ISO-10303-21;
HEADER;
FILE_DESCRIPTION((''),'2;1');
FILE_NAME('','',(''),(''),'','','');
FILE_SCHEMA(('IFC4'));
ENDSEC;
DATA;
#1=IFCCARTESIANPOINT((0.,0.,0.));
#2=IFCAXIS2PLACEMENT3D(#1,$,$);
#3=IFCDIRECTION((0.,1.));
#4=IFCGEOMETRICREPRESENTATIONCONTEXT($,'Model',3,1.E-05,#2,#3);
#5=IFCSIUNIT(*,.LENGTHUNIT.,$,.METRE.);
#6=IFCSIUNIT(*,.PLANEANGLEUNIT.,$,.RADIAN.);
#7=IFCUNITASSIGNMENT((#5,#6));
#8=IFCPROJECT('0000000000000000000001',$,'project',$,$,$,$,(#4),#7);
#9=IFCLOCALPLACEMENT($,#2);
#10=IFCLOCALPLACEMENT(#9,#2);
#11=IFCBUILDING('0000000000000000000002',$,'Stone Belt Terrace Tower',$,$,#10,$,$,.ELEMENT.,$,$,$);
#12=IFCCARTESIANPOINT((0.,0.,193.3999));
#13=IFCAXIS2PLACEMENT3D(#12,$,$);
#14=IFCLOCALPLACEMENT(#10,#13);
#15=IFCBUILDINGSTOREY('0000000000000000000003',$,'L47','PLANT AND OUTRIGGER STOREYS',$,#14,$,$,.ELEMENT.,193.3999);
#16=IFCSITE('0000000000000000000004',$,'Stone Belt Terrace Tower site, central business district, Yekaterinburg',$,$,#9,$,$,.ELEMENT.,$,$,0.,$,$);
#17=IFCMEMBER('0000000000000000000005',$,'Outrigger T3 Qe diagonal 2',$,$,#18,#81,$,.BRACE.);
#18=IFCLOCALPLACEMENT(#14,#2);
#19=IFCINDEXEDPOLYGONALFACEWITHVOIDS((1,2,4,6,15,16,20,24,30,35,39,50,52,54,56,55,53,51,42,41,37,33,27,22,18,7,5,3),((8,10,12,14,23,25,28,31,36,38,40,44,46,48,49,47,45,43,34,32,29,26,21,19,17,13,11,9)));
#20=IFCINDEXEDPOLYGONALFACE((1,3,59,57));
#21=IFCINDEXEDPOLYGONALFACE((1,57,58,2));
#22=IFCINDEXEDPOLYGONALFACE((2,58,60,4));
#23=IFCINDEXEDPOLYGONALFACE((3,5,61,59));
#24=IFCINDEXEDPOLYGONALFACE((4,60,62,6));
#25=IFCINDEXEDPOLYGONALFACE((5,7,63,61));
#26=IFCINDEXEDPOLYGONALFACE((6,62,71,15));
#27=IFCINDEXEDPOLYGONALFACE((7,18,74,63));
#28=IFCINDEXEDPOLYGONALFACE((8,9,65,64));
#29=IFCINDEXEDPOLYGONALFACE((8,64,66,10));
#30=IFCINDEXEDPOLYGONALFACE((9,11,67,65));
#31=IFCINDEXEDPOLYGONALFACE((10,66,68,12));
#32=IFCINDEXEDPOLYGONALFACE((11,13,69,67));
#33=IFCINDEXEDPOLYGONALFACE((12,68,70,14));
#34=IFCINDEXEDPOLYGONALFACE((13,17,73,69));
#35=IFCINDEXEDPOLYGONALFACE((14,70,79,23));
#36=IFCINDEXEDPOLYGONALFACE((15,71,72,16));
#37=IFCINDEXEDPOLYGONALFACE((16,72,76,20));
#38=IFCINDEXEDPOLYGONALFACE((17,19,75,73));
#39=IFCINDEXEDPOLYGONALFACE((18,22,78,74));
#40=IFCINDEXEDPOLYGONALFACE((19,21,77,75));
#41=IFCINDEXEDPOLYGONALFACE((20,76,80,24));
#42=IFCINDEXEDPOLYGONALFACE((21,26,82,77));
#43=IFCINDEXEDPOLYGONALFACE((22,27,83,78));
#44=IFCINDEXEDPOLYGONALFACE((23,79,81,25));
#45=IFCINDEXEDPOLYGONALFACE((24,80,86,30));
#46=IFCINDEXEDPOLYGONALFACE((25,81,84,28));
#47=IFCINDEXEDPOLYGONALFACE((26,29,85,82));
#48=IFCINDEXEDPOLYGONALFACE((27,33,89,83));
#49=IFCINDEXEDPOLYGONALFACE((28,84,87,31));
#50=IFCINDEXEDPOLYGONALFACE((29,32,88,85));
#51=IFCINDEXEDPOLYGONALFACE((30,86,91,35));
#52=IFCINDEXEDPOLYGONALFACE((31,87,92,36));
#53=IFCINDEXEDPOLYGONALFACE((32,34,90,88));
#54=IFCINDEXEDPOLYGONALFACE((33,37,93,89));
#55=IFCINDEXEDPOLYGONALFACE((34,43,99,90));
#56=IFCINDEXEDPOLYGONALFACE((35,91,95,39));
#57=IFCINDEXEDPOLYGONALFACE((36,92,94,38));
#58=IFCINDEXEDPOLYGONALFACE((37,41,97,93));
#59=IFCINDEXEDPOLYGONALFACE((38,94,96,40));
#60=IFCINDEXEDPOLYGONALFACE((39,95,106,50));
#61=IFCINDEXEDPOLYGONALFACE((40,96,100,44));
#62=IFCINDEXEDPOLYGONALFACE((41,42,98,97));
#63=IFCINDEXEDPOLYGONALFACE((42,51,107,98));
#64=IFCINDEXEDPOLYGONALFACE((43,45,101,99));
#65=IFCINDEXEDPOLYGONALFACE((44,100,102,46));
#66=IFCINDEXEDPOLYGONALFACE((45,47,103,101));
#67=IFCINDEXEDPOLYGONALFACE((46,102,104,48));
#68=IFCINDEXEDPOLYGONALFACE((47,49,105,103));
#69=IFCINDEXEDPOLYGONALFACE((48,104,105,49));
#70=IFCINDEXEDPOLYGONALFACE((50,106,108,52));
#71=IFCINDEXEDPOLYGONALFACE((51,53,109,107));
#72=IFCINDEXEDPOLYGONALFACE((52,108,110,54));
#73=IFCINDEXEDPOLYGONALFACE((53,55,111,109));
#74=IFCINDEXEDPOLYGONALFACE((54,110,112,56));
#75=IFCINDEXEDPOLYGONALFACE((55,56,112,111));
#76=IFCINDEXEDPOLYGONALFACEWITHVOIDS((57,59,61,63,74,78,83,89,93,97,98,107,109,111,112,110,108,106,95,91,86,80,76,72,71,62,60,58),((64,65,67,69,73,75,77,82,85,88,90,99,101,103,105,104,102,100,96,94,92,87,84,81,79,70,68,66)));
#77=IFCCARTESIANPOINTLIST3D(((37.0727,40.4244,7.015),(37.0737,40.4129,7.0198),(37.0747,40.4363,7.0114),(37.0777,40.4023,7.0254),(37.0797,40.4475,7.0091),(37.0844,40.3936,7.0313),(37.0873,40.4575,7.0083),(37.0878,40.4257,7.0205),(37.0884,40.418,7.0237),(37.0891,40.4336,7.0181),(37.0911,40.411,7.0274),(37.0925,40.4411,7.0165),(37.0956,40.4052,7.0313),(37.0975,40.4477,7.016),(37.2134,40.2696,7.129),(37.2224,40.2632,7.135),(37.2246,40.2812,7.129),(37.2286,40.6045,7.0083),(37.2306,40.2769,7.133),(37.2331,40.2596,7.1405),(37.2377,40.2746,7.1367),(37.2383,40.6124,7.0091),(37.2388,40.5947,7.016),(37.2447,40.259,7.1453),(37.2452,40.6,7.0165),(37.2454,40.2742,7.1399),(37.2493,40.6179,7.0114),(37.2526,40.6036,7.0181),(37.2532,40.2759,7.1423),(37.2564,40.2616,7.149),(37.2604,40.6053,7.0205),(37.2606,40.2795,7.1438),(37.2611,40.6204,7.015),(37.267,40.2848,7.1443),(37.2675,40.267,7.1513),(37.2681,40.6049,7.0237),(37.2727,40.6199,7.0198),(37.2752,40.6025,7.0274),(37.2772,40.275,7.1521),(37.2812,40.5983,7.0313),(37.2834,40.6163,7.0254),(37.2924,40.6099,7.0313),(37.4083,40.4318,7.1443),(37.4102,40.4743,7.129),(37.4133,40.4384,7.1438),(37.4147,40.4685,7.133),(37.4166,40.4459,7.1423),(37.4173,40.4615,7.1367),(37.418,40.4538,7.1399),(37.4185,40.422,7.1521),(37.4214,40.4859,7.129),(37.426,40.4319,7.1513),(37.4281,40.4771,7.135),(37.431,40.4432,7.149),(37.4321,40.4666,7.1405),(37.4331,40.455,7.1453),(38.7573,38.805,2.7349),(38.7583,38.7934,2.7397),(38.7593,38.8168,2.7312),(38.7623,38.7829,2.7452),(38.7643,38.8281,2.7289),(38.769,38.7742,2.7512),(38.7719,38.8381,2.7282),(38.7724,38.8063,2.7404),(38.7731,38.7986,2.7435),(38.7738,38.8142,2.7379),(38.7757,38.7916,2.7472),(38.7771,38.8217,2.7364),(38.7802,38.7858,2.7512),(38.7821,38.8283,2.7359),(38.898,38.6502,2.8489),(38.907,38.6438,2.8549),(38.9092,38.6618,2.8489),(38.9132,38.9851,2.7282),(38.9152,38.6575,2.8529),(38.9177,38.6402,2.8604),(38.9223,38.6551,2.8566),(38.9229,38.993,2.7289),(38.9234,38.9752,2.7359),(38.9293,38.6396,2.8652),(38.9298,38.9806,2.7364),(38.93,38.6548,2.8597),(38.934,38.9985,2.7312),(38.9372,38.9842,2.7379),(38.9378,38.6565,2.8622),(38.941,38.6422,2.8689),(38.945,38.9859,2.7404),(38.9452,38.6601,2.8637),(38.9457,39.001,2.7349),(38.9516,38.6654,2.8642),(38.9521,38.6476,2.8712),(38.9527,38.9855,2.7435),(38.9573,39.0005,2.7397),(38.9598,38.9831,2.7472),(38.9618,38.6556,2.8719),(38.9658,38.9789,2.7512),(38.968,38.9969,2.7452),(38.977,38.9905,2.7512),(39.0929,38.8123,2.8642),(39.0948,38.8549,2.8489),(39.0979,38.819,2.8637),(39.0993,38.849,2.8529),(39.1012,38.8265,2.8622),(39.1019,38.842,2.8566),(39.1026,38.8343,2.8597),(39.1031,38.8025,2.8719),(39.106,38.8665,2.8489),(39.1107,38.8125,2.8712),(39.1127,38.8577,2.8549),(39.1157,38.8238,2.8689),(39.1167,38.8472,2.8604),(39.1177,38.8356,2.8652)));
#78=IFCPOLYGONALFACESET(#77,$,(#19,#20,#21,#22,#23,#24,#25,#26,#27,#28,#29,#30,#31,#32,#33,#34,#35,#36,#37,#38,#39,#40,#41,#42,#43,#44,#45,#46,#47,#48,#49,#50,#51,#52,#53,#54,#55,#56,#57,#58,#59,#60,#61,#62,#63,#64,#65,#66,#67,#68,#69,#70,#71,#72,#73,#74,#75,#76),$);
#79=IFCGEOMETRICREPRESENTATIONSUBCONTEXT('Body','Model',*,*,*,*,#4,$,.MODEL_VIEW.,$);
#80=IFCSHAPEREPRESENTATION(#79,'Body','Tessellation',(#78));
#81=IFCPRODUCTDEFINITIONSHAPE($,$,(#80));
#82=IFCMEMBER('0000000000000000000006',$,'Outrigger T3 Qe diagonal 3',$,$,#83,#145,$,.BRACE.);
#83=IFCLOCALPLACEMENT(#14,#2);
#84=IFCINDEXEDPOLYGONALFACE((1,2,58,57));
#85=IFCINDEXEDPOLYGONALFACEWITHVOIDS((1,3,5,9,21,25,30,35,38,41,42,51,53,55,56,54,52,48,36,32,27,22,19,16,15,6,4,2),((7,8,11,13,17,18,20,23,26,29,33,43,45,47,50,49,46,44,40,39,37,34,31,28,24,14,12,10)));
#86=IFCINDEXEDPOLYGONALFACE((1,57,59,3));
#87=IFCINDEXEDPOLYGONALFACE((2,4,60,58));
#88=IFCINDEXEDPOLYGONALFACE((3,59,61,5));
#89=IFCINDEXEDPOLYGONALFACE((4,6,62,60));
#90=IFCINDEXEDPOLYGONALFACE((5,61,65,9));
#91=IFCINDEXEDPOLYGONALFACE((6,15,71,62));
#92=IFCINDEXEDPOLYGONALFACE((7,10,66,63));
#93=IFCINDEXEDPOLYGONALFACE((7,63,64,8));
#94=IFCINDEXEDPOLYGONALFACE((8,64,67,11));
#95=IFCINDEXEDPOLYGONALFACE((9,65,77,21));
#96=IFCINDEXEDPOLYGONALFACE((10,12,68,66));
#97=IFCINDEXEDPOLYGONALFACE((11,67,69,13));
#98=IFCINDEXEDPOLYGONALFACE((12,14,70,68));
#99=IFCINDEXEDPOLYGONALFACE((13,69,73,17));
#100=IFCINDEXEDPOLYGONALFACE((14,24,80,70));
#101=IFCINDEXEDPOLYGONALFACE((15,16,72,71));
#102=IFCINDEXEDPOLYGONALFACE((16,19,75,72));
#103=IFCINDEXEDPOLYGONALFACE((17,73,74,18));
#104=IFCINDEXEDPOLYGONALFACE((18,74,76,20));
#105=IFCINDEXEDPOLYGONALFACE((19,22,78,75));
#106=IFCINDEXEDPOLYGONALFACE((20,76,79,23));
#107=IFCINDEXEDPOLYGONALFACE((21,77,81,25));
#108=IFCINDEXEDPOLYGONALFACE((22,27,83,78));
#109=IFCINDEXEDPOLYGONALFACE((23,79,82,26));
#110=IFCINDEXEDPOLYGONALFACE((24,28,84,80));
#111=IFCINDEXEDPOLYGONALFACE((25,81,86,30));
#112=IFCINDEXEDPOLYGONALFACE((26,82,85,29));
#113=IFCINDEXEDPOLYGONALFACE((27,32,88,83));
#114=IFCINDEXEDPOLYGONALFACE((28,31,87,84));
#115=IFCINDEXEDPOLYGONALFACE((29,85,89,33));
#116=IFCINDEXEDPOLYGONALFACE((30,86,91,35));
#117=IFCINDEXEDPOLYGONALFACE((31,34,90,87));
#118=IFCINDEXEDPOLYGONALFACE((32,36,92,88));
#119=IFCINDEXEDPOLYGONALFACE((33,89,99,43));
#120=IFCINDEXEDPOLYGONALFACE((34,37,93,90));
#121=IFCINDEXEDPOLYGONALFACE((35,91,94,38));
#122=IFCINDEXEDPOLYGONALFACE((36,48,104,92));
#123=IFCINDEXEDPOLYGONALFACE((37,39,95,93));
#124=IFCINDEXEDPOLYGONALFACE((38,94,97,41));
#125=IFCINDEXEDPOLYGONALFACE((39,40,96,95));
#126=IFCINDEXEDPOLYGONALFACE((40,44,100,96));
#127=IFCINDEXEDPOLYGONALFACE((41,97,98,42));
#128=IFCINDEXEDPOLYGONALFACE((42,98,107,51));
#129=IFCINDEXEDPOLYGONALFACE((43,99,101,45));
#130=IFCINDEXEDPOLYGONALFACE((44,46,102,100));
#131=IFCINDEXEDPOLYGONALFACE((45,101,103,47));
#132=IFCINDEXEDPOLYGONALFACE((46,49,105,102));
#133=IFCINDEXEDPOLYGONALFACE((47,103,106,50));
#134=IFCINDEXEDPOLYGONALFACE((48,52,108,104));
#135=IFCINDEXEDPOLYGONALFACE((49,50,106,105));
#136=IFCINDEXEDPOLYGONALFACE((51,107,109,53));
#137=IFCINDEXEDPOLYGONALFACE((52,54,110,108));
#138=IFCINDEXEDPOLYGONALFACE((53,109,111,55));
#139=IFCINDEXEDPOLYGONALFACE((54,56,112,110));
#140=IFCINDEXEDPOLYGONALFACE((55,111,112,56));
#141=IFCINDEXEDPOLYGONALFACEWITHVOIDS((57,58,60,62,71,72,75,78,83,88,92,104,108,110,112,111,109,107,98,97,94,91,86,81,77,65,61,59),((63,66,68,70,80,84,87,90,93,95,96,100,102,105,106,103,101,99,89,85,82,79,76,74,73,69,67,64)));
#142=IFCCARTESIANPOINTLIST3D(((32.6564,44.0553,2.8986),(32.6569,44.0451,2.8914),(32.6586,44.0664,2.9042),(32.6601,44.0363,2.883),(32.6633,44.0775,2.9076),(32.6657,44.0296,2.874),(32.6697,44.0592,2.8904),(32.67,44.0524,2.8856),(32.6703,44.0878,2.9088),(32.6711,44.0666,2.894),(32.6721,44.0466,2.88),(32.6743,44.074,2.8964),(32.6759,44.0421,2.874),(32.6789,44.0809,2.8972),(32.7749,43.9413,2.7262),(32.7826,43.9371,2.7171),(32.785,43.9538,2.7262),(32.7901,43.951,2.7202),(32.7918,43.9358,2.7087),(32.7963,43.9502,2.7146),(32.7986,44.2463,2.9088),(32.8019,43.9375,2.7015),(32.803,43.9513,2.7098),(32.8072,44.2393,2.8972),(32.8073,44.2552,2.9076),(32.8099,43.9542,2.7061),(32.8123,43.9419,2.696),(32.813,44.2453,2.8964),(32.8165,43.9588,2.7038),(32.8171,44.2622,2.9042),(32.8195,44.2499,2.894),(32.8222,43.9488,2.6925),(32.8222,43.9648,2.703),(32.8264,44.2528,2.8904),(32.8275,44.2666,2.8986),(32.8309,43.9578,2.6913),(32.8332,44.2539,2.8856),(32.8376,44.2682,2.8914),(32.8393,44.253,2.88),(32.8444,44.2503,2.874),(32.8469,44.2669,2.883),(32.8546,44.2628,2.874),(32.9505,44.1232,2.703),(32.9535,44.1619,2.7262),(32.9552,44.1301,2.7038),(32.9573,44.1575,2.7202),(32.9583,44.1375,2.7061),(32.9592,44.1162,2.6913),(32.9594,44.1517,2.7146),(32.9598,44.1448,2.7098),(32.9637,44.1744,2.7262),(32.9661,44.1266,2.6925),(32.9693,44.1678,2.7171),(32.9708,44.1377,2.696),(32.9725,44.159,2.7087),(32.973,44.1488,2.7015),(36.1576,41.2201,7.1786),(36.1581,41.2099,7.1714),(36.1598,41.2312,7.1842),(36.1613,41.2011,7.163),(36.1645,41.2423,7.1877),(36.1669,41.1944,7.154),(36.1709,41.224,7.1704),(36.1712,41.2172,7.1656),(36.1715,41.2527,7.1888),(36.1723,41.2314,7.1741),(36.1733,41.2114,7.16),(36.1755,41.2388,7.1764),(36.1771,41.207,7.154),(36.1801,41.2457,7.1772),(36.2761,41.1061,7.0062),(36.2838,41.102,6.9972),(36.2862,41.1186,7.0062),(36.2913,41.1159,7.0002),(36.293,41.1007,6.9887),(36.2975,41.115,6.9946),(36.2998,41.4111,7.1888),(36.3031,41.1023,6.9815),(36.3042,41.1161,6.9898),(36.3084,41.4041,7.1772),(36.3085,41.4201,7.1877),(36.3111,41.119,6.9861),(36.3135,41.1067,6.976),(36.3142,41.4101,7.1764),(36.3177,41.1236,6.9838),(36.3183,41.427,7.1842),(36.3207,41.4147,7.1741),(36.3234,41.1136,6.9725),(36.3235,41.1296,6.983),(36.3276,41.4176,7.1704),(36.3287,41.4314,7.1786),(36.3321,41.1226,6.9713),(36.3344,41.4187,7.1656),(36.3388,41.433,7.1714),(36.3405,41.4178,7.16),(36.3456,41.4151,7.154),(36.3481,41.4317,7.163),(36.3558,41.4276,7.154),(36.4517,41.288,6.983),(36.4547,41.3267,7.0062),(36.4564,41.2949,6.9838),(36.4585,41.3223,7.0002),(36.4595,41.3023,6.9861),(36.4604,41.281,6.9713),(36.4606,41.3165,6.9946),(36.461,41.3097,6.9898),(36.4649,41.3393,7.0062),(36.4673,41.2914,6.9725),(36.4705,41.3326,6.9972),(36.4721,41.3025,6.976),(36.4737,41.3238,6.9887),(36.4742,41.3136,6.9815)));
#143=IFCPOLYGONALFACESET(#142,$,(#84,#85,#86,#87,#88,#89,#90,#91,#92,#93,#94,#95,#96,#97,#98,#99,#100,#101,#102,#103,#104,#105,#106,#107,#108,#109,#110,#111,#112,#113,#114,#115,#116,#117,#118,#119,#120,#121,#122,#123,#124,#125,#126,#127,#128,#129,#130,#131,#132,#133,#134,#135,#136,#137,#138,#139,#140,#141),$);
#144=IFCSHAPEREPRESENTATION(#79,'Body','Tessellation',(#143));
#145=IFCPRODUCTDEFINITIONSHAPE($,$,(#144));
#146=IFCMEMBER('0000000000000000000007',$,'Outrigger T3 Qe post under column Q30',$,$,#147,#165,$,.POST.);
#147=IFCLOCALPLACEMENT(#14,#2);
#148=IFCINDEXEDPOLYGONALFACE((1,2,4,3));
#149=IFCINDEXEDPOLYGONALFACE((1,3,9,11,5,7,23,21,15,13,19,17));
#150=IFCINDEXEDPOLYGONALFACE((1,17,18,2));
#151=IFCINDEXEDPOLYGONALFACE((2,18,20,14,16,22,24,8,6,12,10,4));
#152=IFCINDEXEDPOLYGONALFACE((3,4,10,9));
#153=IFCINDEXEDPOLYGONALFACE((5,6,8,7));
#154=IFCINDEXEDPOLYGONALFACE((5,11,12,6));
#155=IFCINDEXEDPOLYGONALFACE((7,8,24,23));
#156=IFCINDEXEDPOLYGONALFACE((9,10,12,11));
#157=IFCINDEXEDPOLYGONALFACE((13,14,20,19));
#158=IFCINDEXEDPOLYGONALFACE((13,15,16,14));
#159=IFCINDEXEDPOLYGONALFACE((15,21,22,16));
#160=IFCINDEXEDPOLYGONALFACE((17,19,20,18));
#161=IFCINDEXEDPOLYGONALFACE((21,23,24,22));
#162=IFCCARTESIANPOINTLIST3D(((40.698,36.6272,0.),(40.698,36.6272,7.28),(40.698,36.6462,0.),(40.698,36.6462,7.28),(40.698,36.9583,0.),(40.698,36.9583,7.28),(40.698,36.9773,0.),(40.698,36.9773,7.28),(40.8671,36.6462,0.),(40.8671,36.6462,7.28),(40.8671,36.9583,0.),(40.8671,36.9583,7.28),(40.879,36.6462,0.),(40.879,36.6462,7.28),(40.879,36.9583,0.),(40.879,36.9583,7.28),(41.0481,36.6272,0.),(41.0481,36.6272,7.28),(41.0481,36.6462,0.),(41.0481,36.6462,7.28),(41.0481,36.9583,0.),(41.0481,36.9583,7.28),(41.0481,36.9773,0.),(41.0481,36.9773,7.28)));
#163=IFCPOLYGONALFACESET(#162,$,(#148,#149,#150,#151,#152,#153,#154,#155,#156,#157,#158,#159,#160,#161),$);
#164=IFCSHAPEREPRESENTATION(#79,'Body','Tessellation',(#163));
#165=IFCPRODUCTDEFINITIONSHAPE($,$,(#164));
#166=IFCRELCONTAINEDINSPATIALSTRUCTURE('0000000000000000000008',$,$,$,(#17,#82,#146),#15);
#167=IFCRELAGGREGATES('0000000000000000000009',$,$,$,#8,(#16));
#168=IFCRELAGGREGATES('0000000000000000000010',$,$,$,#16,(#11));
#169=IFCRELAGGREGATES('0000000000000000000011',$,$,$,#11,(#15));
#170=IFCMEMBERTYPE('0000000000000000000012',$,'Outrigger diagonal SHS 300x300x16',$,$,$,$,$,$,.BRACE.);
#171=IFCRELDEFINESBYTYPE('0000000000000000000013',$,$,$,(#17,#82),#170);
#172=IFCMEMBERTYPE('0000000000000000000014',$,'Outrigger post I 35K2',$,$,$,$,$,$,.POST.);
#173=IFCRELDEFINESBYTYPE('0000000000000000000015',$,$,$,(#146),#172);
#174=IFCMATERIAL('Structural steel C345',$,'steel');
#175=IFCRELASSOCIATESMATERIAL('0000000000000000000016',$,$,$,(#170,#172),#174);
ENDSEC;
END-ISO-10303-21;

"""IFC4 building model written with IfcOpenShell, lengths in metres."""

from ifc_helpers import new_model, si_unit, direction, frame, origin, origin_2d, place, context, subcontext, project, spatial, hollow_rectangle, i_section, extrude, material, material_profile, profile_set, type_object, element, save


model = new_model("IFC4")

# Units and contexts
model_context = context("Model", 3, precision=1e-05, world=origin(), true_north=direction((0.0, 1.0)))
body_context = subcontext(model_context, "Body", "Model", "MODEL_VIEW")
ifc_project = project(units=[si_unit("LENGTHUNIT", "METRE"), si_unit("PLANEANGLEUNIT", "RADIAN")], contexts=[model_context])

# Site, building, storey
site_placement = place(None, origin())
site = spatial("IfcSite", under=ifc_project, at=site_placement, Name="Stone Belt Terrace Tower site, central business district, Yekaterinburg", CompositionType="ELEMENT", RefElevation=0.0)
building_placement = place(site_placement, origin())
building = spatial("IfcBuilding", under=site, at=building_placement, Name="Stone Belt Terrace Tower", CompositionType="ELEMENT")
storey_placement = place(building_placement, frame((0.0, 0.0, 193.3999)))
storey = spatial("IfcBuildingStorey", under=building, at=storey_placement, Name="L47", Description="PLANT AND OUTRIGGER STOREYS", CompositionType="ELEMENT", Elevation=193.3999)

# Members
ifc_material_1 = material(Name="Structural steel C345", Category="steel")
ifc_material_profile_1 = material_profile(ifc_material_1, hollow_rectangle(XDim=0.3, YDim=0.3, WallThickness=0.0161, InnerFilletRadius=0.032, OuterFilletRadius=0.0481, at=origin_2d()), Name="SHS 300x300x16")
ifc_profile_set_1 = profile_set([ifc_material_profile_1], Name="Structural steel C345")
member_type_1 = type_object("IfcMemberType", Name="Outrigger diagonal SHS 300x300x16", PredefinedType="BRACE", material=ifc_profile_set_1)
member_1_placement = place(storey_placement, frame((38.9375, 38.8203, 2.8), z_axis=(-0.345457, 0.332089, 0.877711), x_axis=(-0.693021, -0.720917, 0.0)))
element("IfcMember", 1, at=member_1_placement, inside=storey, type_object=member_type_1, Name="Outrigger T3 Qe diagonal 2", PredefinedType="BRACE", context=body_context, shape_type="SweptSolid", body=[
    extrude(hollow_rectangle(XDim=0.3, YDim=0.3, WallThickness=0.0161, InnerFilletRadius=0.032, OuterFilletRadius=0.0481, at=origin_2d()), origin(), (0.0, 0.0, 1.0), 4.8765),
])
member_2_placement = place(storey_placement, frame((36.3159, 41.2668, 7.0801), z_axis=(-0.563428, 0.45625, -0.688756), x_axis=(-0.629317, -0.777149, 0.0)))
element("IfcMember", 2, at=member_2_placement, inside=storey, type_object=member_type_1, Name="Outrigger T3 Qe diagonal 3", PredefinedType="BRACE", context=body_context, shape_type="SweptSolid", body=[
    extrude(hollow_rectangle(XDim=0.3, YDim=0.3, WallThickness=0.0161, InnerFilletRadius=0.032, OuterFilletRadius=0.0481, at=origin_2d()), origin(), (0.0, 0.0, 1.0), 6.2141),
])
ifc_material_profile_2 = material_profile(ifc_material_1, i_section(OverallWidth=0.3501, OverallDepth=0.3501, WebThickness=0.012, FlangeThickness=0.019, at=origin_2d()), Name="I 35K2")
ifc_profile_set_2 = profile_set([ifc_material_profile_2], Name="Structural steel C345")
member_type_2 = type_object("IfcMemberType", Name="Outrigger post I 35K2", PredefinedType="POST", material=ifc_profile_set_2)
member_3_placement = place(storey_placement, frame((40.873, 36.8022, 0.0), z_axis=(0.0, 0.0, 1.0), x_axis=(1.0, 0.0, 0.0)))
element("IfcMember", 3, at=member_3_placement, inside=storey, type_object=member_type_2, Name="Outrigger T3 Qe post under column Q30", PredefinedType="POST", context=body_context, shape_type="SweptSolid", body=[
    extrude(i_section(OverallWidth=0.3501, OverallDepth=0.3501, WebThickness=0.012, FlangeThickness=0.019, at=origin_2d()), origin(), (0.0, 0.0, 1.0), 7.28),
])

save(model, "model.ifc")
